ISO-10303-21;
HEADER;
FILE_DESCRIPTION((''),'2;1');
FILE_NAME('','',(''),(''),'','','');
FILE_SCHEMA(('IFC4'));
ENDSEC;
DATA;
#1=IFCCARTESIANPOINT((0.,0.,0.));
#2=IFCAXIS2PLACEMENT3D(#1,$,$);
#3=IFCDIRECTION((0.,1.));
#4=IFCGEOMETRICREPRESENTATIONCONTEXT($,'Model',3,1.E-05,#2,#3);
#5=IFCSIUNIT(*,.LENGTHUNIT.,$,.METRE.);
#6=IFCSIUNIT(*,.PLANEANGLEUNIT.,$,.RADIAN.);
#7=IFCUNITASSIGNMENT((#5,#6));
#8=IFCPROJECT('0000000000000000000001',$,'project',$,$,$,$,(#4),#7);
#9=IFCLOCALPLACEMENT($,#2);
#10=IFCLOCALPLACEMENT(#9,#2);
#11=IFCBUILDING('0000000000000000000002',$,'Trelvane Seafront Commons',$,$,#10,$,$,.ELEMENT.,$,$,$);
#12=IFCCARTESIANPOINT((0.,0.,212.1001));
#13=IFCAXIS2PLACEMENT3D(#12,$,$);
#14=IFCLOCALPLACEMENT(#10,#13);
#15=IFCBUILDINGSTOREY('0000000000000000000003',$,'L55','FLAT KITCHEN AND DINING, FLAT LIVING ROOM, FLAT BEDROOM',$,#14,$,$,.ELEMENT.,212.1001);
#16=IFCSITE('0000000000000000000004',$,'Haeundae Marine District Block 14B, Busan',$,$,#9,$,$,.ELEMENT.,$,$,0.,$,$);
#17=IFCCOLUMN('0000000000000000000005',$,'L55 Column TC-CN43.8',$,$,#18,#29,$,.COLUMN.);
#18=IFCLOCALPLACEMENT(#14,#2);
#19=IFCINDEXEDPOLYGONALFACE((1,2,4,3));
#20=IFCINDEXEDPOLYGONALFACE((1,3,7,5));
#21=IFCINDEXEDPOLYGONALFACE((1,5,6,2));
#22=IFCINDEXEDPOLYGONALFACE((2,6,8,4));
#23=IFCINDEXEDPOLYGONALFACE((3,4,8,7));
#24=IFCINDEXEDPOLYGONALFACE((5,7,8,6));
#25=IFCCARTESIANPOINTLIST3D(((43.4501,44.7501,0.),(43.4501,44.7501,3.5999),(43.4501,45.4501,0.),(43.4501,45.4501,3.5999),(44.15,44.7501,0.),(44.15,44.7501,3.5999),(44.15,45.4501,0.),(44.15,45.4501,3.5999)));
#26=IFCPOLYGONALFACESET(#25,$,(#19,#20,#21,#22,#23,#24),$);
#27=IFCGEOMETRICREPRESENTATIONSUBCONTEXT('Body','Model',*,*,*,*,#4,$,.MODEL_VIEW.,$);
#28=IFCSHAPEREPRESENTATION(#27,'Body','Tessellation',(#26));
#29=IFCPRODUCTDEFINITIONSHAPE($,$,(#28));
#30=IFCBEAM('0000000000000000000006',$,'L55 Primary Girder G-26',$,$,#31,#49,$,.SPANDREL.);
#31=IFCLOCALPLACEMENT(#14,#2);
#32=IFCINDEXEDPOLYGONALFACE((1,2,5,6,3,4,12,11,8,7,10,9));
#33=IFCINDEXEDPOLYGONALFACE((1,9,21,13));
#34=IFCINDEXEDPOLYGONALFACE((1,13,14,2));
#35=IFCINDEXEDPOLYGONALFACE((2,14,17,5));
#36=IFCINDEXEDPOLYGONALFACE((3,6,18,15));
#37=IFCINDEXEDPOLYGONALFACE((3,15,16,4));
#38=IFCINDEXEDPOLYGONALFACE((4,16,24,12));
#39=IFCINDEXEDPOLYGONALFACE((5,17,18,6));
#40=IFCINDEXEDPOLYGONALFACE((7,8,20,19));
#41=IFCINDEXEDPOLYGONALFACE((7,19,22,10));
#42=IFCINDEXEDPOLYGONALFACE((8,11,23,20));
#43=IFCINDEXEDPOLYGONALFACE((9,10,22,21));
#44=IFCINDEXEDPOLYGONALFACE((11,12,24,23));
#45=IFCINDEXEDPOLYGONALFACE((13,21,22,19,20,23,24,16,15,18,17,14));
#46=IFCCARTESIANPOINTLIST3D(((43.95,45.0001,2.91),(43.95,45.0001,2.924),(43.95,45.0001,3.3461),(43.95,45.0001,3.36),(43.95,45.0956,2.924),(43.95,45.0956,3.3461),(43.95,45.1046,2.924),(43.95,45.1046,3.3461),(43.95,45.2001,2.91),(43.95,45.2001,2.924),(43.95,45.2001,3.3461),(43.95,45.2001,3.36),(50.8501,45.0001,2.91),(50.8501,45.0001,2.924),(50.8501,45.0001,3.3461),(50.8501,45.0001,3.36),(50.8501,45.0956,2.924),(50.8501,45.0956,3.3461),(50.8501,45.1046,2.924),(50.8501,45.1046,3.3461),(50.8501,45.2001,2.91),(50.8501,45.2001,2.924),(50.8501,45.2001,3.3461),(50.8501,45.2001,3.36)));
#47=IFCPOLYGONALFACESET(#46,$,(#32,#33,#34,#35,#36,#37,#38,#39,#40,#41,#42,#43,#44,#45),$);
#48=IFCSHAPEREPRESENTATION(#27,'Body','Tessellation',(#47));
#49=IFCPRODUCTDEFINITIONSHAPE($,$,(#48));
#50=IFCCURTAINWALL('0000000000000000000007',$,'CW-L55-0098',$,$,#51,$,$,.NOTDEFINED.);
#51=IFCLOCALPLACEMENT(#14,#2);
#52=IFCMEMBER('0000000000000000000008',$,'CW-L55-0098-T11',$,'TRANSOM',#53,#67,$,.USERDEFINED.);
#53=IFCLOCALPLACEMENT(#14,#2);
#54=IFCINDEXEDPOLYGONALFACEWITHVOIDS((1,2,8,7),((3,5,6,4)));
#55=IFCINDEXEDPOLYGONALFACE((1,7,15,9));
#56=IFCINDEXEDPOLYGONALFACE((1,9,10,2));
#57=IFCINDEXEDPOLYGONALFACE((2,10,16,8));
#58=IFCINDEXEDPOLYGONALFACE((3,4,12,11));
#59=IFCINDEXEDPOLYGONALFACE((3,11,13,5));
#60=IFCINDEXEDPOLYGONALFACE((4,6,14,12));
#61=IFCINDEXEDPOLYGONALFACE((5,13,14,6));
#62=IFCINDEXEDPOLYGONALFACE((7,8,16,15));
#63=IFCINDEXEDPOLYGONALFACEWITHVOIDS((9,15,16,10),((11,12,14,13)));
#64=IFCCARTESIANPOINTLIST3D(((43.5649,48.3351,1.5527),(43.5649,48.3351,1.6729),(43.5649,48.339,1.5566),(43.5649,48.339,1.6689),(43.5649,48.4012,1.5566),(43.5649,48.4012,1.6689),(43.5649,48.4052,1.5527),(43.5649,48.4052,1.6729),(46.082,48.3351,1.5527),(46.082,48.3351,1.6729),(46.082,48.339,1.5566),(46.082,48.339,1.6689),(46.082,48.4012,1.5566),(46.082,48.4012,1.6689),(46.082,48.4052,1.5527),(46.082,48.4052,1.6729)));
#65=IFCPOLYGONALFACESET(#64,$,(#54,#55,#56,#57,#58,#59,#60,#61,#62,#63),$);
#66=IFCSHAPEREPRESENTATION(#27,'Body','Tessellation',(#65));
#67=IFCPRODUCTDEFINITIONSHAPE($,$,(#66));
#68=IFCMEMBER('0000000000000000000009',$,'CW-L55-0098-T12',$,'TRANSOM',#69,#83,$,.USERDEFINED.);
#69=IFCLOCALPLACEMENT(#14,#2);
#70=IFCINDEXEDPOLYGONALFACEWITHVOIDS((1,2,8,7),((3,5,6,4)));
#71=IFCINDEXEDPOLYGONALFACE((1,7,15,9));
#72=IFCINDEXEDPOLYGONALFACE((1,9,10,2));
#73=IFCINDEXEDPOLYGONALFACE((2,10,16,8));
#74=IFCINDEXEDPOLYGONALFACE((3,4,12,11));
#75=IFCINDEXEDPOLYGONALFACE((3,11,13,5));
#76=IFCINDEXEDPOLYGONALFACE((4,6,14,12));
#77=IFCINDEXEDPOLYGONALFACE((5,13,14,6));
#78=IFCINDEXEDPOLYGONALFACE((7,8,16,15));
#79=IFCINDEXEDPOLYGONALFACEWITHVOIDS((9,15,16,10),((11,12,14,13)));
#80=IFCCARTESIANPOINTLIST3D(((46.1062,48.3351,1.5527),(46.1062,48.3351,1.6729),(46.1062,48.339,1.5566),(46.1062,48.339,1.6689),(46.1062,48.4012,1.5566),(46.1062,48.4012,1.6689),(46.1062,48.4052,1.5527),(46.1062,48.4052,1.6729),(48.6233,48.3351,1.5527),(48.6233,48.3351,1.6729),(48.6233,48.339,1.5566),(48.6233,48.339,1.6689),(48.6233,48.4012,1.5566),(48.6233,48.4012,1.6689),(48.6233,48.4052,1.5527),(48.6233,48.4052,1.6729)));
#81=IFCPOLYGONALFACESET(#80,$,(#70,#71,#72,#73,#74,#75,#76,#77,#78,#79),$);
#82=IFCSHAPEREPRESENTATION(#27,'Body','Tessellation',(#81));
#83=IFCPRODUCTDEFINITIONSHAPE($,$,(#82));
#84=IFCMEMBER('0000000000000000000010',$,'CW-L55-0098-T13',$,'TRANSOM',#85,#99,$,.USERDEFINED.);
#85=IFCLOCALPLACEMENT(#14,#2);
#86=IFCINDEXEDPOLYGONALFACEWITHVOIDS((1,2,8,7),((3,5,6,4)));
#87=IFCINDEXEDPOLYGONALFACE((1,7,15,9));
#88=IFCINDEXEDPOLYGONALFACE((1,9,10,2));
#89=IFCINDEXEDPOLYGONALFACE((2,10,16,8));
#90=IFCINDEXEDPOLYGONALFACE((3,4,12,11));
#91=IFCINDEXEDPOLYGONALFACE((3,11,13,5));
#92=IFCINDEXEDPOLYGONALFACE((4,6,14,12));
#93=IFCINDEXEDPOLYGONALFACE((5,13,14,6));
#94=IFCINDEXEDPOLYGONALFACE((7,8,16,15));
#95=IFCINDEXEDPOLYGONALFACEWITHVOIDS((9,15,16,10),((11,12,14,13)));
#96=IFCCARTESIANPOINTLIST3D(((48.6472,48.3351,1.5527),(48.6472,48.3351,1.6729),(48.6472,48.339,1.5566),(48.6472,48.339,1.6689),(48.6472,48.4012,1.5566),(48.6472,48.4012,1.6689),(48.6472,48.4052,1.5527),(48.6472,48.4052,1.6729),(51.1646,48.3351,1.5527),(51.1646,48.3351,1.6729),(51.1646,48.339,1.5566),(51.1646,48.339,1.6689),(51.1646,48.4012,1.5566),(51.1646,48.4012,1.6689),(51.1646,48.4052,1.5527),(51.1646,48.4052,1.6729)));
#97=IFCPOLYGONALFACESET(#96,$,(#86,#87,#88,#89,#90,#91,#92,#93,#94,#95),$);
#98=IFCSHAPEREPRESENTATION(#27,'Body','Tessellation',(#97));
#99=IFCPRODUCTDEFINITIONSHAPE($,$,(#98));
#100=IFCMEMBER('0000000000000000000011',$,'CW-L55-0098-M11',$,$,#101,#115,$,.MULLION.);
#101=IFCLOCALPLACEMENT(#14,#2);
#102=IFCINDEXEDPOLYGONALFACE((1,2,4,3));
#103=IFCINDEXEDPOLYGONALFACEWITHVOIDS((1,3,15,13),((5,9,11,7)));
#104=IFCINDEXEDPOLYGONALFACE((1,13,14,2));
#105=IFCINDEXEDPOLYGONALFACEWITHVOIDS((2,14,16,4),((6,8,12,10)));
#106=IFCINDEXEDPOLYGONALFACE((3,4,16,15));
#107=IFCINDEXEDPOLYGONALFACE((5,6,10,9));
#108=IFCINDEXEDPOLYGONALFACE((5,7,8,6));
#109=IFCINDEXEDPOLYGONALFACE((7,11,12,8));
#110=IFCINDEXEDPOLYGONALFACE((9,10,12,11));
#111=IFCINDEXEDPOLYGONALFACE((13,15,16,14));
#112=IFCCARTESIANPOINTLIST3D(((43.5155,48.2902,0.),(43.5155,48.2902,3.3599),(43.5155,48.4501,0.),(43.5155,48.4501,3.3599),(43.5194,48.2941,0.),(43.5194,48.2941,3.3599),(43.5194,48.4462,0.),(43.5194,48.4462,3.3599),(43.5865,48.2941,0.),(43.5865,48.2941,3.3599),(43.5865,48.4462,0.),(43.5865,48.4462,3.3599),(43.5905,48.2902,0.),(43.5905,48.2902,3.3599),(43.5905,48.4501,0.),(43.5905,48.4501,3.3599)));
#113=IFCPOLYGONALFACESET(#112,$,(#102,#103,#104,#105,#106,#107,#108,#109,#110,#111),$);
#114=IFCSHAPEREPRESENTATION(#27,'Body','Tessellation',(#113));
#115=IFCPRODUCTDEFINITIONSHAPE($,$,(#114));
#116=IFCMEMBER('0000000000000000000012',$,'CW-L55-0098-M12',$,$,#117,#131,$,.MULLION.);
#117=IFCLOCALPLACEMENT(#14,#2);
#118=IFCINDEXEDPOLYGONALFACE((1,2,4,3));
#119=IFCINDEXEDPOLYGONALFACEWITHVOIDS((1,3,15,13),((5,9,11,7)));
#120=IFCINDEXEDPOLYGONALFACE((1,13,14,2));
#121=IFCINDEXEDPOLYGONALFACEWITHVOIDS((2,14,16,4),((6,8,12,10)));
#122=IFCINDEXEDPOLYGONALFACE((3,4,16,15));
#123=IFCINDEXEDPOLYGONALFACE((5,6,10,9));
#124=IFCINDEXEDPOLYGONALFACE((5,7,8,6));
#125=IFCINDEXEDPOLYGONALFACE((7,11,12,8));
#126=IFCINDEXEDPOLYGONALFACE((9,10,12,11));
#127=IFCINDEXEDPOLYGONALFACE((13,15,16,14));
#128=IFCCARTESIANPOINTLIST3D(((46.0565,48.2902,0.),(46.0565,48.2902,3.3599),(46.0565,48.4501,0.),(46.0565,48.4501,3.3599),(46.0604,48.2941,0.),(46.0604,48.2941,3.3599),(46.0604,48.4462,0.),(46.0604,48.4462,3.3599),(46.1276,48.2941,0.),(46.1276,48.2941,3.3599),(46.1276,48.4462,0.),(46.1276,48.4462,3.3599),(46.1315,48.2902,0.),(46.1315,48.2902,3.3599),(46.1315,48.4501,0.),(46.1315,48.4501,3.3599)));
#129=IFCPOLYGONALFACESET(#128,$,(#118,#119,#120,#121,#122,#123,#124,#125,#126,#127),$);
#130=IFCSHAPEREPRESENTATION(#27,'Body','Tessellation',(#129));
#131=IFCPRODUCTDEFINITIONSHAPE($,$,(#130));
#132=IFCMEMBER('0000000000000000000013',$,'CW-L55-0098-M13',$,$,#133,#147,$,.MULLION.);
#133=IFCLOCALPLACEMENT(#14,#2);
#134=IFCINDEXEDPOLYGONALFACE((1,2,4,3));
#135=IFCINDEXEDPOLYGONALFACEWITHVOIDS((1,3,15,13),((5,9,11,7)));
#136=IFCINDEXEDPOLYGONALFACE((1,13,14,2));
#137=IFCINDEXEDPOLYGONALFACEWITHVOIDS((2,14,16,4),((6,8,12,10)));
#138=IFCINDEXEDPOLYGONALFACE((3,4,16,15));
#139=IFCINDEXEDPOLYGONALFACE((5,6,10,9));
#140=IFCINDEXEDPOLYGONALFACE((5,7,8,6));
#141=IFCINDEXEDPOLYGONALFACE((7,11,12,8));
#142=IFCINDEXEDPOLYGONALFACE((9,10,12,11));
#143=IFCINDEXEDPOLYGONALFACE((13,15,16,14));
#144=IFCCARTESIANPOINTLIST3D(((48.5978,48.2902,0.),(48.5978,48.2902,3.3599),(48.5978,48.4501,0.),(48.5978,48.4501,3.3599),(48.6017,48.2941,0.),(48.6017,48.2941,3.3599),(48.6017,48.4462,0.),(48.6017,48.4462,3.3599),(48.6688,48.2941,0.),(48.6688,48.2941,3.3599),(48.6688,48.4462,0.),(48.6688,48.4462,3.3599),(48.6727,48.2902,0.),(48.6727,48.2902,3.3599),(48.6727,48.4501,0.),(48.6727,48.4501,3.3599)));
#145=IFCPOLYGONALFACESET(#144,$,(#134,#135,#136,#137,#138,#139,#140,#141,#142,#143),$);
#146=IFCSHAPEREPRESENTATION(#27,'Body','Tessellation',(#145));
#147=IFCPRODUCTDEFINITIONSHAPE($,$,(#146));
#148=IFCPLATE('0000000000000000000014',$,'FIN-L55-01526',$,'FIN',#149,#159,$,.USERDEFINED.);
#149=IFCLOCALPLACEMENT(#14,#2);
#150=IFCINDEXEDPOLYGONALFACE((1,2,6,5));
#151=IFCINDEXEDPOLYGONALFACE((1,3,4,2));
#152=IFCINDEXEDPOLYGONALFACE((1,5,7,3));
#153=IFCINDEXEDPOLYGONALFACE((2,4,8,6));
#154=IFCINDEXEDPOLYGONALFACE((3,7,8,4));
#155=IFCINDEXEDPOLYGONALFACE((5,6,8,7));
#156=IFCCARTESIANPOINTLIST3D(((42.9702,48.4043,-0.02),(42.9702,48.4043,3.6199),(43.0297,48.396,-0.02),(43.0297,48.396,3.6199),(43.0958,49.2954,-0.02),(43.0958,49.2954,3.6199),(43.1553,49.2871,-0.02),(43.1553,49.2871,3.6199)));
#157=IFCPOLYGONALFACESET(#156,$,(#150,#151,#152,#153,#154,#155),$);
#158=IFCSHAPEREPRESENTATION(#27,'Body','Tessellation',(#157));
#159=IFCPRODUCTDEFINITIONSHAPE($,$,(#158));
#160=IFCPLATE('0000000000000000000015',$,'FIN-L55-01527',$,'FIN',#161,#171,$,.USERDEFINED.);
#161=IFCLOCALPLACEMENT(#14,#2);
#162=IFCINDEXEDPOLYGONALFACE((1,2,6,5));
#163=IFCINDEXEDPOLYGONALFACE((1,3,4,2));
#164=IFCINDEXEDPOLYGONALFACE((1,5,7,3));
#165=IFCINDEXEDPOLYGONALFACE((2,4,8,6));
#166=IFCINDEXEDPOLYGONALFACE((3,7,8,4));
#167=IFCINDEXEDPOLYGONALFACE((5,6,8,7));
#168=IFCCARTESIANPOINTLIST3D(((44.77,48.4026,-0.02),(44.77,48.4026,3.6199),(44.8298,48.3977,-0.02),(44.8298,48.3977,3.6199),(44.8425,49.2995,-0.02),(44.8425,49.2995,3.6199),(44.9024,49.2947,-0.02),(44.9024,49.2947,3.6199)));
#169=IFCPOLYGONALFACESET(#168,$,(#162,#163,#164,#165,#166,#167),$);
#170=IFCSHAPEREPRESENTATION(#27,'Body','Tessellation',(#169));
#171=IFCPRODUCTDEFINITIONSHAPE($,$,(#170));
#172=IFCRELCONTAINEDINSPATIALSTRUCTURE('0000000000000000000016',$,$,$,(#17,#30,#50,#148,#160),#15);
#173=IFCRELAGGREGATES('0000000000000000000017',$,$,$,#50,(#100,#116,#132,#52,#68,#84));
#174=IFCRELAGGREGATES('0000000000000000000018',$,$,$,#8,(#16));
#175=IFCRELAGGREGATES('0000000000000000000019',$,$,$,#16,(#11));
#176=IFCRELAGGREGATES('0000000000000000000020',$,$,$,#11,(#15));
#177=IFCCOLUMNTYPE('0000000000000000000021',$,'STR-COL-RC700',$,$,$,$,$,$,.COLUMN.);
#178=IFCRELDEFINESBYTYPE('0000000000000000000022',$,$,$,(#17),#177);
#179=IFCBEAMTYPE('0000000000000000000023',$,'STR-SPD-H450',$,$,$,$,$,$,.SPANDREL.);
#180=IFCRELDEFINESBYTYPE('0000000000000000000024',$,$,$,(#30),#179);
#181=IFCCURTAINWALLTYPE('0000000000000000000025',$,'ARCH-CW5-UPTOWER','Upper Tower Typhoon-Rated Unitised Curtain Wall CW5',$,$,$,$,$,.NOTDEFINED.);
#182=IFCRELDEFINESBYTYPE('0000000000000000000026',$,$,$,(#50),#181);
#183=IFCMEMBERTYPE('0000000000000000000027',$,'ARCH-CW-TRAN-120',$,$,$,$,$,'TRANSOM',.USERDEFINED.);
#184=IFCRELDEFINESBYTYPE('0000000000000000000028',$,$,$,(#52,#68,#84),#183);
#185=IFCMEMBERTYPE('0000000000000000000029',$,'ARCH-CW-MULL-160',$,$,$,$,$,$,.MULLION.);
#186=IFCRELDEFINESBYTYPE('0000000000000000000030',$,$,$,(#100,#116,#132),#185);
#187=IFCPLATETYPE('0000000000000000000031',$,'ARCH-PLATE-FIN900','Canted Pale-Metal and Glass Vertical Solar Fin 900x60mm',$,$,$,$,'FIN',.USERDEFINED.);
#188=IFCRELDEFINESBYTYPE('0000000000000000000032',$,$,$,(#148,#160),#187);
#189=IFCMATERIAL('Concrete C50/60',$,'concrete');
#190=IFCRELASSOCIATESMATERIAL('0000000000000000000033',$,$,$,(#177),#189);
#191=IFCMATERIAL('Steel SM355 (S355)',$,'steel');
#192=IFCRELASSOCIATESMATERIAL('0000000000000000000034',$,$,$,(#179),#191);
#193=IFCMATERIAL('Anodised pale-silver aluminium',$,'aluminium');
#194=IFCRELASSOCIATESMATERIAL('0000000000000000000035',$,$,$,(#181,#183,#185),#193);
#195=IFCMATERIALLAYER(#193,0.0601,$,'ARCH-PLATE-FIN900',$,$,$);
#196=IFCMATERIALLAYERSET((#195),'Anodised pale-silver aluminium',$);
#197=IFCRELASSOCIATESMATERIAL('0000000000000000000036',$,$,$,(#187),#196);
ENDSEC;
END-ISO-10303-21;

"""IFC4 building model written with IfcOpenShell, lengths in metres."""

from ifc_helpers import new_model, si_unit, direction, frame, origin, origin_2d, place, context, subcontext, project, spatial, rectangle, hollow_rectangle, i_section, extrude, source, transform, mapped, material, layer, layer_set, material_profile, profile_set, type_object, element, aggregate, save


model = new_model("IFC4")

# Units and contexts
model_context = context("Model", 3, precision=1e-05, world=origin(), true_north=direction((0.0, 1.0)))
body_context = subcontext(model_context, "Body", "Model", "MODEL_VIEW")
ifc_project = project(units=[si_unit("LENGTHUNIT", "METRE"), si_unit("PLANEANGLEUNIT", "RADIAN")], contexts=[model_context])

# Site, building, storey
site_placement = place(None, origin())
site = spatial("IfcSite", under=ifc_project, at=site_placement, Name="Haeundae Marine District Block 14B, Busan", CompositionType="ELEMENT", RefElevation=0.0)
building_placement = place(site_placement, origin())
building = spatial("IfcBuilding", under=site, at=building_placement, Name="Trelvane Seafront Commons", CompositionType="ELEMENT")
storey_placement = place(building_placement, frame((0.0, 0.0, 212.1001)))
storey = spatial("IfcBuildingStorey", under=building, at=storey_placement, Name="L55", Description="FLAT KITCHEN AND DINING, FLAT LIVING ROOM, FLAT BEDROOM", CompositionType="ELEMENT", Elevation=212.1001)

# Column
ifc_material_1 = material(Name="Concrete C50/60", Category="concrete")
ifc_material_profile_1 = material_profile(ifc_material_1, rectangle(XDim=0.7, YDim=0.7, at=origin_2d()), Name="RC-700x700")
ifc_profile_set_1 = profile_set([ifc_material_profile_1], Name="Concrete C50/60")
column_type = type_object("IfcColumnType", Name="STR-COL-RC700", PredefinedType="COLUMN", material=ifc_profile_set_1)
shared_shape_1 = source(origin(), body_context, "Body", "SweptSolid", [
    extrude(rectangle(XDim=0.7, YDim=0.7, at=origin_2d()), origin(), (0.0, 0.0, 1.0), 3.5999),
])
column_placement = place(storey_placement, frame((43.8, 45.1001, 0.0), z_axis=(0.0, 0.0, 1.0), x_axis=(1.0, 0.0, 0.0)))
element("IfcColumn", 1, at=column_placement, inside=storey, type_object=column_type, Name="L55 Column TC-CN43.8", PredefinedType="COLUMN", context=body_context, shape_type="MappedRepresentation", body=[
    mapped(shared_shape_1, transform((0.0, 0.0, 0.0), x_axis=(1.0, 0.0, 0.0), y_axis=(0.0, 1.0, 0.0), z_axis=(0.0, 0.0, 1.0), scale=1.0)),
])

# Beam
ifc_material_2 = material(Name="Steel SM355 (S355)", Category="steel")
ifc_material_profile_2 = material_profile(ifc_material_2, i_section(OverallWidth=0.2, OverallDepth=0.45, WebThickness=0.009, FlangeThickness=0.0139, at=origin_2d()), Name="H-450x200x9x14")
ifc_profile_set_2 = profile_set([ifc_material_profile_2], Name="Steel SM355 (S355)")
beam_type = type_object("IfcBeamType", Name="STR-SPD-H450", PredefinedType="SPANDREL", material=ifc_profile_set_2)
shared_shape_2 = source(origin(), body_context, "Body", "SweptSolid", [
    extrude(i_section(OverallWidth=0.2, OverallDepth=0.45, WebThickness=0.009, FlangeThickness=0.0139, at=origin_2d()), origin(), (0.0, 0.0, 1.0), 6.9001),
])
beam_placement = place(storey_placement, frame((43.95, 45.1001, 3.135), z_axis=(1.0, 0.0, 0.0), x_axis=(0.0, 1.0, 0.0)))
element("IfcBeam", 2, at=beam_placement, inside=storey, type_object=beam_type, Name="L55 Primary Girder G-26", PredefinedType="SPANDREL", context=body_context, shape_type="MappedRepresentation", body=[
    mapped(shared_shape_2, transform((0.0, 0.0, 0.0), x_axis=(1.0, 0.0, 0.0), y_axis=(0.0, 1.0, 0.0), z_axis=(0.0, 0.0, 1.0), scale=1.0)),
])

# Curtain wall, members
ifc_material_3 = material(Name="Anodised pale-silver aluminium", Category="aluminium")
curtain_wall_type = type_object("IfcCurtainWallType", Name="ARCH-CW5-UPTOWER", Description="Upper Tower Typhoon-Rated Unitised Curtain Wall CW5", PredefinedType="NOTDEFINED", material=ifc_material_3)
curtain_wall_placement = place(storey_placement, origin())
curtain_wall = element("IfcCurtainWall", 3, at=curtain_wall_placement, inside=storey, type_object=curtain_wall_type, Name="CW-L55-0098", PredefinedType="NOTDEFINED")
ifc_material_profile_3 = material_profile(ifc_material_3, hollow_rectangle(XDim=0.0701, YDim=0.1201, WallThickness=0.0039, at=origin_2d()), Name="TRAN-70x120x4")
ifc_profile_set_3 = profile_set([ifc_material_profile_3], Name="Anodised pale-silver aluminium")
member_type_1 = type_object("IfcMemberType", Name="ARCH-CW-TRAN-120", ElementType="TRANSOM", PredefinedType="USERDEFINED", material=ifc_profile_set_3)
shared_shape_3 = source(origin(), body_context, "Body", "SweptSolid", [
    extrude(hollow_rectangle(XDim=0.0701, YDim=0.1201, WallThickness=0.0039, at=origin_2d()), origin(), (0.0, 0.0, 1.0), 2.5171),
])
member_1_placement = place(storey_placement, frame((43.5649, 48.3701, 1.6128), z_axis=(1.0, 0.0, 0.0), x_axis=(0.0, 1.0, 0.0)))
member_1 = element("IfcMember", 4, at=member_1_placement, type_object=member_type_1, Name="CW-L55-0098-T11", ObjectType="TRANSOM", PredefinedType="USERDEFINED", context=body_context, shape_type="MappedRepresentation", body=[
    mapped(shared_shape_3, transform((0.0, 0.0, 0.0), x_axis=(1.0, 0.0, 0.0), y_axis=(0.0, 1.0, 0.0), z_axis=(0.0, 0.0, 1.0), scale=1.0)),
])
member_2_placement = place(storey_placement, frame((46.1062, 48.3701, 1.6128), z_axis=(1.0, 0.0, 0.0), x_axis=(0.0, 1.0, 0.0)))
member_2 = element("IfcMember", 5, at=member_2_placement, type_object=member_type_1, Name="CW-L55-0098-T12", ObjectType="TRANSOM", PredefinedType="USERDEFINED", context=body_context, shape_type="MappedRepresentation", body=[
    mapped(shared_shape_3, transform((0.0, 0.0, 0.0), x_axis=(1.0, 0.0, 0.0), y_axis=(0.0, 1.0, 0.0), z_axis=(0.0, 0.0, 1.0), scale=1.0)),
])
shared_shape_4 = source(origin(), body_context, "Body", "SweptSolid", [
    extrude(hollow_rectangle(XDim=0.0701, YDim=0.1201, WallThickness=0.0039, at=origin_2d()), origin(), (0.0, 0.0, 1.0), 2.5173),
])
member_3_placement = place(storey_placement, frame((48.6472, 48.3701, 1.6128), z_axis=(1.0, 0.0, 0.0), x_axis=(0.0, 1.0, 0.0)))
member_3 = element("IfcMember", 6, at=member_3_placement, type_object=member_type_1, Name="CW-L55-0098-T13", ObjectType="TRANSOM", PredefinedType="USERDEFINED", context=body_context, shape_type="MappedRepresentation", body=[
    mapped(shared_shape_4, transform((0.0, 0.0, 0.0), x_axis=(1.0, 0.0, 0.0), y_axis=(0.0, 1.0, 0.0), z_axis=(0.0, 0.0, 1.0), scale=1.0)),
])
ifc_material_profile_4 = material_profile(ifc_material_3, hollow_rectangle(XDim=0.075, YDim=0.1599, WallThickness=0.0039, at=origin_2d()), Name="MULL-75x160x4")
ifc_profile_set_4 = profile_set([ifc_material_profile_4], Name="Anodised pale-silver aluminium")
member_type_2 = type_object("IfcMemberType", Name="ARCH-CW-MULL-160", PredefinedType="MULLION", material=ifc_profile_set_4)
shared_shape_5 = source(origin(), body_context, "Body", "SweptSolid", [
    extrude(hollow_rectangle(XDim=0.075, YDim=0.1599, WallThickness=0.0039, at=origin_2d()), origin(), (0.0, 0.0, 1.0), 3.3599),
])
member_4_placement = place(storey_placement, frame((43.553, 48.3701, 0.0), z_axis=(0.0, 0.0, 1.0), x_axis=(1.0, 0.0, 0.0)))
member_4 = element("IfcMember", 7, at=member_4_placement, type_object=member_type_2, Name="CW-L55-0098-M11", PredefinedType="MULLION", context=body_context, shape_type="MappedRepresentation", body=[
    mapped(shared_shape_5, transform((0.0, 0.0, 0.0), x_axis=(1.0, 0.0, 0.0), y_axis=(0.0, 1.0, 0.0), z_axis=(0.0, 0.0, 1.0), scale=1.0)),
])
member_5_placement = place(storey_placement, frame((46.094, 48.3701, 0.0), z_axis=(0.0, 0.0, 1.0), x_axis=(1.0, 0.0, 0.0)))
member_5 = element("IfcMember", 8, at=member_5_placement, type_object=member_type_2, Name="CW-L55-0098-M12", PredefinedType="MULLION", context=body_context, shape_type="MappedRepresentation", body=[
    mapped(shared_shape_5, transform((0.0, 0.0, 0.0), x_axis=(1.0, 0.0, 0.0), y_axis=(0.0, 1.0, 0.0), z_axis=(0.0, 0.0, 1.0), scale=1.0)),
])
member_6_placement = place(storey_placement, frame((48.6353, 48.3701, 0.0), z_axis=(0.0, 0.0, 1.0), x_axis=(1.0, 0.0, 0.0)))
member_6 = element("IfcMember", 9, at=member_6_placement, type_object=member_type_2, Name="CW-L55-0098-M13", PredefinedType="MULLION", context=body_context, shape_type="MappedRepresentation", body=[
    mapped(shared_shape_5, transform((0.0, 0.0, 0.0), x_axis=(1.0, 0.0, 0.0), y_axis=(0.0, 1.0, 0.0), z_axis=(0.0, 0.0, 1.0), scale=1.0)),
])

# Plates
ifc_layer_1 = layer(ifc_material_3, 0.0601, Name="ARCH-PLATE-FIN900")
ifc_layer_set_1 = layer_set([ifc_layer_1], Name="Anodised pale-silver aluminium")
plate_type_1 = type_object("IfcPlateType", Name="ARCH-PLATE-FIN900", Description="Canted Pale-Metal and Glass Vertical Solar Fin 900x60mm", ElementType="FIN", PredefinedType="USERDEFINED", material=ifc_layer_set_1)
shared_shape_6 = source(origin(), body_context, "Body", "SweptSolid", [
    extrude(rectangle(XDim=0.8999, YDim=0.0601, at=origin_2d()), origin(), (0.0, 0.0, 1.0), 3.6399),
])
for number, where, z_axis, x_axis, name in (
    (10, (43.0627, 48.8457, -0.02), (0.0, 0.0, 1.0), (0.139555, 0.990214, 0.0), "FIN-L55-01526"),
    (11, (44.8362, 48.8486, -0.02), (0.0, 0.0, 1.0), (0.080663, 0.996741, 0.0), "FIN-L55-01527"),
):
    element("IfcPlate", number, at=place(storey_placement, frame(where, z_axis=z_axis, x_axis=x_axis)), inside=storey, type_object=plate_type_1, Name=name, ObjectType="FIN", PredefinedType="USERDEFINED", context=body_context, shape_type="MappedRepresentation", body=[
        mapped(shared_shape_6, transform((0.0, 0.0, 0.0), x_axis=(1.0, 0.0, 0.0), y_axis=(0.0, 1.0, 0.0), z_axis=(0.0, 0.0, 1.0), scale=1.0)),
    ])

aggregate(curtain_wall, [member_4, member_5, member_6, member_1, member_2, member_3])

save(model, "model.ifc")
